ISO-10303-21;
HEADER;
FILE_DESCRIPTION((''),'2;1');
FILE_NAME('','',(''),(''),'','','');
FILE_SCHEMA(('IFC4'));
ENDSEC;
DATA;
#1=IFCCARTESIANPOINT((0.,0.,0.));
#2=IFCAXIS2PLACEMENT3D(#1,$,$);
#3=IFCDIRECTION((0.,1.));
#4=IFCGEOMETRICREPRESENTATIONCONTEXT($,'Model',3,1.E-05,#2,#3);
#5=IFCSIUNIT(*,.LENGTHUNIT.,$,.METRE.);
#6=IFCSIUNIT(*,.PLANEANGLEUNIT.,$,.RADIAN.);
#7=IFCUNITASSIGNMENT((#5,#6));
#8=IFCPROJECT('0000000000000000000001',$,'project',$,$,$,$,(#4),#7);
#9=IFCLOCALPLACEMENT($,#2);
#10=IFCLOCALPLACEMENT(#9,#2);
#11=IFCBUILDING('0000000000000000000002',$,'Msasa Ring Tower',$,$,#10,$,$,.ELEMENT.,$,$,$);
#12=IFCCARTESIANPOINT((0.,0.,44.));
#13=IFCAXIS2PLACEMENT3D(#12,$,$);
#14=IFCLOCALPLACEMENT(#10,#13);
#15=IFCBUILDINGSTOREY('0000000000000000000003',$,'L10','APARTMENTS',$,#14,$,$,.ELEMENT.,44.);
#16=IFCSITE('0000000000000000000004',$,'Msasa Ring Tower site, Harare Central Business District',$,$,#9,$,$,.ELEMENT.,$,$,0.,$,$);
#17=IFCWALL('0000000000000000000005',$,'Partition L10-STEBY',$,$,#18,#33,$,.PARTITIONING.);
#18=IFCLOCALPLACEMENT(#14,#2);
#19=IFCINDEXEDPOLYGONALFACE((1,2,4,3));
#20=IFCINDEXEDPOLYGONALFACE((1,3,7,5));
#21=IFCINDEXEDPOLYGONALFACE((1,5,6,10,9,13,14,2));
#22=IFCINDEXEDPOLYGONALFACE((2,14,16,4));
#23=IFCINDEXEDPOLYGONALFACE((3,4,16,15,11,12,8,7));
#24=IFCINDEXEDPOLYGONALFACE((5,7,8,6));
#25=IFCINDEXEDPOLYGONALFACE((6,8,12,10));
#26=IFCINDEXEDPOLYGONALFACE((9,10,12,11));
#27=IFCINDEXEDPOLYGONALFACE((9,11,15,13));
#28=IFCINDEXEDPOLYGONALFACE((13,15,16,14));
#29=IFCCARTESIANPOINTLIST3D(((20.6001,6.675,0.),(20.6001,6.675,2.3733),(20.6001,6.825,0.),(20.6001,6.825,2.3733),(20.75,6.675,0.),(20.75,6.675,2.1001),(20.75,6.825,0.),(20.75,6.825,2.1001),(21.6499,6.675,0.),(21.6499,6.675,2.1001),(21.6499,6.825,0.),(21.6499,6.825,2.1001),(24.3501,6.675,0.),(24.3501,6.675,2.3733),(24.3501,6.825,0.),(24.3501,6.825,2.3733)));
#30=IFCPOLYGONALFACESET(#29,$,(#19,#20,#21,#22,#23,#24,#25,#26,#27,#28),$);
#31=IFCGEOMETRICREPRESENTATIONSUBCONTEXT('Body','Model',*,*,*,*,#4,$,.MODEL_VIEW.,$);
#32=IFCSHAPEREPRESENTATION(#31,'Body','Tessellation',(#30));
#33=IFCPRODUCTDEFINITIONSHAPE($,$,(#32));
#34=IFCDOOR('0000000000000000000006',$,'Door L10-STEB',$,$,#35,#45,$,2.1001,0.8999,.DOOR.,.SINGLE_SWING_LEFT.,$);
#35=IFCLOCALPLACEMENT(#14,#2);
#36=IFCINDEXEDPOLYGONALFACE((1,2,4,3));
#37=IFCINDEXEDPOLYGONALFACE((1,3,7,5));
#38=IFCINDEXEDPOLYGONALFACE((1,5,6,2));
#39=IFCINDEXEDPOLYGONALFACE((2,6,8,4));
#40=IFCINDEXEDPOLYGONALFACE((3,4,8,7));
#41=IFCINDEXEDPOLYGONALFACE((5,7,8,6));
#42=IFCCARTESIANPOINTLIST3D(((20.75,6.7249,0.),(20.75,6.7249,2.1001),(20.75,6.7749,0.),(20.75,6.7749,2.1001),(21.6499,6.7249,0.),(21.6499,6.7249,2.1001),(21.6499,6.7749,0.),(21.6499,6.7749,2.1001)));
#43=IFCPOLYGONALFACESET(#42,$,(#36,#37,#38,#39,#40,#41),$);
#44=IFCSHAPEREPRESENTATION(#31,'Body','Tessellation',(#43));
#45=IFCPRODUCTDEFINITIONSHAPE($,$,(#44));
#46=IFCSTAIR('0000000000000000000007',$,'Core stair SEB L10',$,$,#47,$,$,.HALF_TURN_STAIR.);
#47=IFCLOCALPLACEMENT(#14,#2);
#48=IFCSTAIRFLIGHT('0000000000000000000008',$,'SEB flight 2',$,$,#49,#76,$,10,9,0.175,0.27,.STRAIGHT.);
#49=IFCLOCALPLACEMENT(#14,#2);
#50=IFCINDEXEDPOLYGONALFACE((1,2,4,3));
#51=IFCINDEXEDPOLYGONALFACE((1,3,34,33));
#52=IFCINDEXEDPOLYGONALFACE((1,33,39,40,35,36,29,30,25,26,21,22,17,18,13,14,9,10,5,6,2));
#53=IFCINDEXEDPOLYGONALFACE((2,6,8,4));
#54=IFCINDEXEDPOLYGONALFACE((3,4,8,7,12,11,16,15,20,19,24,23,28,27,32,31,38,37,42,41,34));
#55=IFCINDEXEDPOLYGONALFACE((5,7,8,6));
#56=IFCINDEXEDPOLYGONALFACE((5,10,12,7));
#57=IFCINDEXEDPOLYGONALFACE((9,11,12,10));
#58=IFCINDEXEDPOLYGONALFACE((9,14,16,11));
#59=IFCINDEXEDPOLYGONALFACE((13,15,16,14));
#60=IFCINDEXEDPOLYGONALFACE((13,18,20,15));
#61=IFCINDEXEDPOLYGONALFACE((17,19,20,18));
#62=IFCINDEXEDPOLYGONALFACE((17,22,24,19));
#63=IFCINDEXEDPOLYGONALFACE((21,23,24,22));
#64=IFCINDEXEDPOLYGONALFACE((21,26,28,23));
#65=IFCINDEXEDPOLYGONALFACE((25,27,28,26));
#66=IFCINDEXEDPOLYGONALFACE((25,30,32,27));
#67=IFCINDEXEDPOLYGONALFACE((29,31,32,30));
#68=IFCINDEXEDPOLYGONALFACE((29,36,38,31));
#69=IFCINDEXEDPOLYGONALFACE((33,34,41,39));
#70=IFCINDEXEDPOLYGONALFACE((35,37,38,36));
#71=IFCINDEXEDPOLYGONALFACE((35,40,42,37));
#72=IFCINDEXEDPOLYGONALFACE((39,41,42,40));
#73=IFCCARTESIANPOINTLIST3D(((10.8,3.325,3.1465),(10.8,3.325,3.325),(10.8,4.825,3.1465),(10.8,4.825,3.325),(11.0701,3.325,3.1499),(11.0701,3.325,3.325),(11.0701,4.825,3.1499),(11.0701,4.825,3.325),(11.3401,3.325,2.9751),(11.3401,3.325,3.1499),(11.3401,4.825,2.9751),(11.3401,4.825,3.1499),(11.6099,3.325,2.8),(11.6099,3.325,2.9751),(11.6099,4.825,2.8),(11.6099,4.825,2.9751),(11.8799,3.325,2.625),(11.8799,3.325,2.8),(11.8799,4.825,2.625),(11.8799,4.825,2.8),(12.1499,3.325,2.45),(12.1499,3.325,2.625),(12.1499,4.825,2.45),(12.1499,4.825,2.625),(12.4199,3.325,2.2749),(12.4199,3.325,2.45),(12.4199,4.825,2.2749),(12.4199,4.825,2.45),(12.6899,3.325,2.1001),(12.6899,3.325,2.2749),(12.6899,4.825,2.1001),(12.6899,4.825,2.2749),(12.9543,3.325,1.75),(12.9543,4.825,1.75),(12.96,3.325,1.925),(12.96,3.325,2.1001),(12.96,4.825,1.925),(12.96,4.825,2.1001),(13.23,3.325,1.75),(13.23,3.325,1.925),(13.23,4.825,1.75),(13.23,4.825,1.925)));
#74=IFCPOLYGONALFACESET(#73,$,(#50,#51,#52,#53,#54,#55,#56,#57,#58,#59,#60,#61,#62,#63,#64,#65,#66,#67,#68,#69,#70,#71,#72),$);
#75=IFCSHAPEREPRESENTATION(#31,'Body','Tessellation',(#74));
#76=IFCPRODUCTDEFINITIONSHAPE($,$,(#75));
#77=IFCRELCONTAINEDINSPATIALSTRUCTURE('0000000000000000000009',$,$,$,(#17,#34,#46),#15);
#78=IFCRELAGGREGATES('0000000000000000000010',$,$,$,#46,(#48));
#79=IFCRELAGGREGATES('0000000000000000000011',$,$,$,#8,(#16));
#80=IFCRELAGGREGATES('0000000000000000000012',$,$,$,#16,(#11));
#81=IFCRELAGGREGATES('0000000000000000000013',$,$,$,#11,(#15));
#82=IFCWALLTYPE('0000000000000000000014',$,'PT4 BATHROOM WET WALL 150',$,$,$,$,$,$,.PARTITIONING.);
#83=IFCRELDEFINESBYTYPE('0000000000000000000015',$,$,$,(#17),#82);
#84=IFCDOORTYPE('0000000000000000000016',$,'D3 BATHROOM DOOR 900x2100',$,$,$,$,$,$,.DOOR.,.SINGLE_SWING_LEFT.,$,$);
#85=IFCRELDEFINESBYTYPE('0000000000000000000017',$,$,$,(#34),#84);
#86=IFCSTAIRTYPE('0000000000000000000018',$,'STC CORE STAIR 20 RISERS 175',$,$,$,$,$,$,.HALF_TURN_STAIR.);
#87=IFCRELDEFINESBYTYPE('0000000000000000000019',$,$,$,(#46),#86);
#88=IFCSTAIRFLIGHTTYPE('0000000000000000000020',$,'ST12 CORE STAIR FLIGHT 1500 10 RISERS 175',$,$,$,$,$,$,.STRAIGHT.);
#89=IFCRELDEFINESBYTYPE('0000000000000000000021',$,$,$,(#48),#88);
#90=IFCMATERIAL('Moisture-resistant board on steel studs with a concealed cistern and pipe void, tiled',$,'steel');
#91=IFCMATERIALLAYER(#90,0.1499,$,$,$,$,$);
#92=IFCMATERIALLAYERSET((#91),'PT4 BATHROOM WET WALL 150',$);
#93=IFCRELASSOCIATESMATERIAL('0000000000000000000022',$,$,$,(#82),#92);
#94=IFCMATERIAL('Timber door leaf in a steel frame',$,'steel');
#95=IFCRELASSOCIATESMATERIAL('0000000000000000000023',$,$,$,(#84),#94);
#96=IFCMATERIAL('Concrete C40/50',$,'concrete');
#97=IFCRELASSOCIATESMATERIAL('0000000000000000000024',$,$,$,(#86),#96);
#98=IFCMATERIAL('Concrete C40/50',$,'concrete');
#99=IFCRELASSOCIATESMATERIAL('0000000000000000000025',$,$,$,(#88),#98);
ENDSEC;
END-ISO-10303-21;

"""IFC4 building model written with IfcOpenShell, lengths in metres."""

from ifc_helpers import new_model, si_unit, direction, frame, frame_2d, origin, place, context, subcontext, project, spatial, polyline, rectangle, outline, extrude, material, layer, layer_set, type_object, element, fill, aggregate, save


model = new_model("IFC4")

# Units and contexts
model_context = context("Model", 3, precision=1e-05, world=origin(), true_north=direction((0.0, 1.0)))
body_context = subcontext(model_context, "Body", "Model", "MODEL_VIEW")
ifc_project = project(units=[si_unit("LENGTHUNIT", "METRE"), si_unit("PLANEANGLEUNIT", "RADIAN")], contexts=[model_context])

# Site, building, storey
site_placement = place(None, origin())
site = spatial("IfcSite", under=ifc_project, at=site_placement, Name="Msasa Ring Tower site, Harare Central Business District", CompositionType="ELEMENT", RefElevation=0.0)
building_placement = place(site_placement, origin())
building = spatial("IfcBuilding", under=site, at=building_placement, Name="Msasa Ring Tower", CompositionType="ELEMENT")
storey_placement = place(building_placement, frame((0.0, 0.0, 44.0)))
storey = spatial("IfcBuildingStorey", under=building, at=storey_placement, Name="L10", Description="APARTMENTS", CompositionType="ELEMENT", Elevation=44.0)

# Wall, opening, door
ifc_material_1 = material(Name="Moisture-resistant board on steel studs with a concealed cistern and pipe void, tiled", Category="steel")
ifc_layer_1 = layer(ifc_material_1, 0.1499)
ifc_layer_set_1 = layer_set([ifc_layer_1], Name="PT4 BATHROOM WET WALL 150")
wall_type_1 = type_object("IfcWallType", Name="PT4 BATHROOM WET WALL 150", PredefinedType="PARTITIONING", material=ifc_layer_set_1)
wall_1_placement = place(storey_placement, frame((20.6001, 6.75, 0.0), z_axis=(0.0, 0.0, 1.0), x_axis=(1.0, 0.0, 0.0)))
wall_1 = element("IfcWall", 1, at=wall_1_placement, inside=storey, type_object=wall_type_1, Name="Partition L10-STEBY", PredefinedType="PARTITIONING", context=body_context, shape_type="SweptSolid", body=[
    extrude(rectangle(XDim=3.75, YDim=0.1499, at=frame_2d((1.875, 0.0))), origin(), (0.0, 0.0, 1.0), 2.3733),
])
opening_1_placement = place(wall_1_placement, frame((0.1499, 0.0, 0.0)))
opening_1 = element("IfcOpeningElement", 2, at=opening_1_placement, cuts=wall_1, PredefinedType="OPENING", context=body_context, shape_type="SweptSolid", body=[
    extrude(rectangle(XDim=0.8999, YDim=2.1001, at=frame_2d((0.45, 1.05))), frame((0.0, 0.085, 0.0), z_axis=(0.0, -1.0, 0.0), x_axis=(1.0, 0.0, 0.0)), (0.0, 0.0, 1.0), 0.1699),
])
ifc_material_2 = material(Name="Timber door leaf in a steel frame", Category="steel")
door_type = type_object("IfcDoorType", Name="D3 BATHROOM DOOR 900x2100", OperationType="SINGLE_SWING_LEFT", PredefinedType="DOOR", material=ifc_material_2)
door_placement = place(opening_1_placement, origin())
door = element("IfcDoor", 3, at=door_placement, inside=storey, type_object=door_type, Name="Door L10-STEB", OperationType="SINGLE_SWING_LEFT", OverallHeight=2.1001, OverallWidth=0.8999, PredefinedType="DOOR", context=body_context, shape_type="SweptSolid", body=[
    extrude(rectangle(XDim=0.8999, YDim=2.1001, at=frame_2d((0.45, 1.05))), frame((0.0, 0.0249, 0.0), z_axis=(0.0, -1.0, 0.0), x_axis=(1.0, 0.0, 0.0)), (0.0, 0.0, 1.0), 0.05),
])
fill(opening_1, door)

# Stair, stair flight
ifc_material_3 = material(Name="Concrete C40/50", Category="concrete")
stair_type = type_object("IfcStairType", Name="STC CORE STAIR 20 RISERS 175", PredefinedType="HALF_TURN_STAIR", material=ifc_material_3)
stair_placement = place(storey_placement, origin())
stair = element("IfcStair", 4, at=stair_placement, inside=storey, type_object=stair_type, Name="Core stair SEB L10", PredefinedType="HALF_TURN_STAIR")
ifc_material_4 = material(Name="Concrete C40/50", Category="concrete")
stair_flight_type = type_object("IfcStairFlightType", Name="ST12 CORE STAIR FLIGHT 1500 10 RISERS 175", PredefinedType="STRAIGHT", material=ifc_material_4)
stair_flight_placement = place(storey_placement, frame((13.23, 4.075, 1.75), z_axis=(0.0, 0.0, 1.0), x_axis=(-1.0, 0.0, 0.0)))
stair_flight = element("IfcStairFlight", 5, at=stair_flight_placement, type_object=stair_flight_type, Name="SEB flight 2", NumberOfRisers=10, NumberOfTreads=9, PredefinedType="STRAIGHT", RiserHeight=0.175, TreadLength=0.27, context=body_context, shape_type="SweptSolid", body=[
    extrude(outline(polyline([(0.0, 0.0), (0.0, 0.175), (0.27, 0.175), (0.27, 0.3501), (0.54, 0.3501), (0.54, 0.5249), (0.8101, 0.5249), (0.8101, 0.7), (1.0801, 0.7), (1.0801, 0.875), (1.3501, 0.875), (1.3501, 1.05), (1.6201, 1.05), (1.6201, 1.2251), (1.8899, 1.2251), (1.8899, 1.3999), (2.1599, 1.3999), (2.1599, 1.575), (2.4299, 1.575), (2.4299, 1.75), (2.4299, 1.3965), (0.2756, 0.0), (0.0, 0.0)])), frame((0.0, 0.75, 0.0), z_axis=(0.0, -1.0, 0.0), x_axis=(1.0, 0.0, 0.0)), (0.0, 0.0, 1.0), 1.5),
])
aggregate(stair, [stair_flight])

save(model, "model.ifc")
